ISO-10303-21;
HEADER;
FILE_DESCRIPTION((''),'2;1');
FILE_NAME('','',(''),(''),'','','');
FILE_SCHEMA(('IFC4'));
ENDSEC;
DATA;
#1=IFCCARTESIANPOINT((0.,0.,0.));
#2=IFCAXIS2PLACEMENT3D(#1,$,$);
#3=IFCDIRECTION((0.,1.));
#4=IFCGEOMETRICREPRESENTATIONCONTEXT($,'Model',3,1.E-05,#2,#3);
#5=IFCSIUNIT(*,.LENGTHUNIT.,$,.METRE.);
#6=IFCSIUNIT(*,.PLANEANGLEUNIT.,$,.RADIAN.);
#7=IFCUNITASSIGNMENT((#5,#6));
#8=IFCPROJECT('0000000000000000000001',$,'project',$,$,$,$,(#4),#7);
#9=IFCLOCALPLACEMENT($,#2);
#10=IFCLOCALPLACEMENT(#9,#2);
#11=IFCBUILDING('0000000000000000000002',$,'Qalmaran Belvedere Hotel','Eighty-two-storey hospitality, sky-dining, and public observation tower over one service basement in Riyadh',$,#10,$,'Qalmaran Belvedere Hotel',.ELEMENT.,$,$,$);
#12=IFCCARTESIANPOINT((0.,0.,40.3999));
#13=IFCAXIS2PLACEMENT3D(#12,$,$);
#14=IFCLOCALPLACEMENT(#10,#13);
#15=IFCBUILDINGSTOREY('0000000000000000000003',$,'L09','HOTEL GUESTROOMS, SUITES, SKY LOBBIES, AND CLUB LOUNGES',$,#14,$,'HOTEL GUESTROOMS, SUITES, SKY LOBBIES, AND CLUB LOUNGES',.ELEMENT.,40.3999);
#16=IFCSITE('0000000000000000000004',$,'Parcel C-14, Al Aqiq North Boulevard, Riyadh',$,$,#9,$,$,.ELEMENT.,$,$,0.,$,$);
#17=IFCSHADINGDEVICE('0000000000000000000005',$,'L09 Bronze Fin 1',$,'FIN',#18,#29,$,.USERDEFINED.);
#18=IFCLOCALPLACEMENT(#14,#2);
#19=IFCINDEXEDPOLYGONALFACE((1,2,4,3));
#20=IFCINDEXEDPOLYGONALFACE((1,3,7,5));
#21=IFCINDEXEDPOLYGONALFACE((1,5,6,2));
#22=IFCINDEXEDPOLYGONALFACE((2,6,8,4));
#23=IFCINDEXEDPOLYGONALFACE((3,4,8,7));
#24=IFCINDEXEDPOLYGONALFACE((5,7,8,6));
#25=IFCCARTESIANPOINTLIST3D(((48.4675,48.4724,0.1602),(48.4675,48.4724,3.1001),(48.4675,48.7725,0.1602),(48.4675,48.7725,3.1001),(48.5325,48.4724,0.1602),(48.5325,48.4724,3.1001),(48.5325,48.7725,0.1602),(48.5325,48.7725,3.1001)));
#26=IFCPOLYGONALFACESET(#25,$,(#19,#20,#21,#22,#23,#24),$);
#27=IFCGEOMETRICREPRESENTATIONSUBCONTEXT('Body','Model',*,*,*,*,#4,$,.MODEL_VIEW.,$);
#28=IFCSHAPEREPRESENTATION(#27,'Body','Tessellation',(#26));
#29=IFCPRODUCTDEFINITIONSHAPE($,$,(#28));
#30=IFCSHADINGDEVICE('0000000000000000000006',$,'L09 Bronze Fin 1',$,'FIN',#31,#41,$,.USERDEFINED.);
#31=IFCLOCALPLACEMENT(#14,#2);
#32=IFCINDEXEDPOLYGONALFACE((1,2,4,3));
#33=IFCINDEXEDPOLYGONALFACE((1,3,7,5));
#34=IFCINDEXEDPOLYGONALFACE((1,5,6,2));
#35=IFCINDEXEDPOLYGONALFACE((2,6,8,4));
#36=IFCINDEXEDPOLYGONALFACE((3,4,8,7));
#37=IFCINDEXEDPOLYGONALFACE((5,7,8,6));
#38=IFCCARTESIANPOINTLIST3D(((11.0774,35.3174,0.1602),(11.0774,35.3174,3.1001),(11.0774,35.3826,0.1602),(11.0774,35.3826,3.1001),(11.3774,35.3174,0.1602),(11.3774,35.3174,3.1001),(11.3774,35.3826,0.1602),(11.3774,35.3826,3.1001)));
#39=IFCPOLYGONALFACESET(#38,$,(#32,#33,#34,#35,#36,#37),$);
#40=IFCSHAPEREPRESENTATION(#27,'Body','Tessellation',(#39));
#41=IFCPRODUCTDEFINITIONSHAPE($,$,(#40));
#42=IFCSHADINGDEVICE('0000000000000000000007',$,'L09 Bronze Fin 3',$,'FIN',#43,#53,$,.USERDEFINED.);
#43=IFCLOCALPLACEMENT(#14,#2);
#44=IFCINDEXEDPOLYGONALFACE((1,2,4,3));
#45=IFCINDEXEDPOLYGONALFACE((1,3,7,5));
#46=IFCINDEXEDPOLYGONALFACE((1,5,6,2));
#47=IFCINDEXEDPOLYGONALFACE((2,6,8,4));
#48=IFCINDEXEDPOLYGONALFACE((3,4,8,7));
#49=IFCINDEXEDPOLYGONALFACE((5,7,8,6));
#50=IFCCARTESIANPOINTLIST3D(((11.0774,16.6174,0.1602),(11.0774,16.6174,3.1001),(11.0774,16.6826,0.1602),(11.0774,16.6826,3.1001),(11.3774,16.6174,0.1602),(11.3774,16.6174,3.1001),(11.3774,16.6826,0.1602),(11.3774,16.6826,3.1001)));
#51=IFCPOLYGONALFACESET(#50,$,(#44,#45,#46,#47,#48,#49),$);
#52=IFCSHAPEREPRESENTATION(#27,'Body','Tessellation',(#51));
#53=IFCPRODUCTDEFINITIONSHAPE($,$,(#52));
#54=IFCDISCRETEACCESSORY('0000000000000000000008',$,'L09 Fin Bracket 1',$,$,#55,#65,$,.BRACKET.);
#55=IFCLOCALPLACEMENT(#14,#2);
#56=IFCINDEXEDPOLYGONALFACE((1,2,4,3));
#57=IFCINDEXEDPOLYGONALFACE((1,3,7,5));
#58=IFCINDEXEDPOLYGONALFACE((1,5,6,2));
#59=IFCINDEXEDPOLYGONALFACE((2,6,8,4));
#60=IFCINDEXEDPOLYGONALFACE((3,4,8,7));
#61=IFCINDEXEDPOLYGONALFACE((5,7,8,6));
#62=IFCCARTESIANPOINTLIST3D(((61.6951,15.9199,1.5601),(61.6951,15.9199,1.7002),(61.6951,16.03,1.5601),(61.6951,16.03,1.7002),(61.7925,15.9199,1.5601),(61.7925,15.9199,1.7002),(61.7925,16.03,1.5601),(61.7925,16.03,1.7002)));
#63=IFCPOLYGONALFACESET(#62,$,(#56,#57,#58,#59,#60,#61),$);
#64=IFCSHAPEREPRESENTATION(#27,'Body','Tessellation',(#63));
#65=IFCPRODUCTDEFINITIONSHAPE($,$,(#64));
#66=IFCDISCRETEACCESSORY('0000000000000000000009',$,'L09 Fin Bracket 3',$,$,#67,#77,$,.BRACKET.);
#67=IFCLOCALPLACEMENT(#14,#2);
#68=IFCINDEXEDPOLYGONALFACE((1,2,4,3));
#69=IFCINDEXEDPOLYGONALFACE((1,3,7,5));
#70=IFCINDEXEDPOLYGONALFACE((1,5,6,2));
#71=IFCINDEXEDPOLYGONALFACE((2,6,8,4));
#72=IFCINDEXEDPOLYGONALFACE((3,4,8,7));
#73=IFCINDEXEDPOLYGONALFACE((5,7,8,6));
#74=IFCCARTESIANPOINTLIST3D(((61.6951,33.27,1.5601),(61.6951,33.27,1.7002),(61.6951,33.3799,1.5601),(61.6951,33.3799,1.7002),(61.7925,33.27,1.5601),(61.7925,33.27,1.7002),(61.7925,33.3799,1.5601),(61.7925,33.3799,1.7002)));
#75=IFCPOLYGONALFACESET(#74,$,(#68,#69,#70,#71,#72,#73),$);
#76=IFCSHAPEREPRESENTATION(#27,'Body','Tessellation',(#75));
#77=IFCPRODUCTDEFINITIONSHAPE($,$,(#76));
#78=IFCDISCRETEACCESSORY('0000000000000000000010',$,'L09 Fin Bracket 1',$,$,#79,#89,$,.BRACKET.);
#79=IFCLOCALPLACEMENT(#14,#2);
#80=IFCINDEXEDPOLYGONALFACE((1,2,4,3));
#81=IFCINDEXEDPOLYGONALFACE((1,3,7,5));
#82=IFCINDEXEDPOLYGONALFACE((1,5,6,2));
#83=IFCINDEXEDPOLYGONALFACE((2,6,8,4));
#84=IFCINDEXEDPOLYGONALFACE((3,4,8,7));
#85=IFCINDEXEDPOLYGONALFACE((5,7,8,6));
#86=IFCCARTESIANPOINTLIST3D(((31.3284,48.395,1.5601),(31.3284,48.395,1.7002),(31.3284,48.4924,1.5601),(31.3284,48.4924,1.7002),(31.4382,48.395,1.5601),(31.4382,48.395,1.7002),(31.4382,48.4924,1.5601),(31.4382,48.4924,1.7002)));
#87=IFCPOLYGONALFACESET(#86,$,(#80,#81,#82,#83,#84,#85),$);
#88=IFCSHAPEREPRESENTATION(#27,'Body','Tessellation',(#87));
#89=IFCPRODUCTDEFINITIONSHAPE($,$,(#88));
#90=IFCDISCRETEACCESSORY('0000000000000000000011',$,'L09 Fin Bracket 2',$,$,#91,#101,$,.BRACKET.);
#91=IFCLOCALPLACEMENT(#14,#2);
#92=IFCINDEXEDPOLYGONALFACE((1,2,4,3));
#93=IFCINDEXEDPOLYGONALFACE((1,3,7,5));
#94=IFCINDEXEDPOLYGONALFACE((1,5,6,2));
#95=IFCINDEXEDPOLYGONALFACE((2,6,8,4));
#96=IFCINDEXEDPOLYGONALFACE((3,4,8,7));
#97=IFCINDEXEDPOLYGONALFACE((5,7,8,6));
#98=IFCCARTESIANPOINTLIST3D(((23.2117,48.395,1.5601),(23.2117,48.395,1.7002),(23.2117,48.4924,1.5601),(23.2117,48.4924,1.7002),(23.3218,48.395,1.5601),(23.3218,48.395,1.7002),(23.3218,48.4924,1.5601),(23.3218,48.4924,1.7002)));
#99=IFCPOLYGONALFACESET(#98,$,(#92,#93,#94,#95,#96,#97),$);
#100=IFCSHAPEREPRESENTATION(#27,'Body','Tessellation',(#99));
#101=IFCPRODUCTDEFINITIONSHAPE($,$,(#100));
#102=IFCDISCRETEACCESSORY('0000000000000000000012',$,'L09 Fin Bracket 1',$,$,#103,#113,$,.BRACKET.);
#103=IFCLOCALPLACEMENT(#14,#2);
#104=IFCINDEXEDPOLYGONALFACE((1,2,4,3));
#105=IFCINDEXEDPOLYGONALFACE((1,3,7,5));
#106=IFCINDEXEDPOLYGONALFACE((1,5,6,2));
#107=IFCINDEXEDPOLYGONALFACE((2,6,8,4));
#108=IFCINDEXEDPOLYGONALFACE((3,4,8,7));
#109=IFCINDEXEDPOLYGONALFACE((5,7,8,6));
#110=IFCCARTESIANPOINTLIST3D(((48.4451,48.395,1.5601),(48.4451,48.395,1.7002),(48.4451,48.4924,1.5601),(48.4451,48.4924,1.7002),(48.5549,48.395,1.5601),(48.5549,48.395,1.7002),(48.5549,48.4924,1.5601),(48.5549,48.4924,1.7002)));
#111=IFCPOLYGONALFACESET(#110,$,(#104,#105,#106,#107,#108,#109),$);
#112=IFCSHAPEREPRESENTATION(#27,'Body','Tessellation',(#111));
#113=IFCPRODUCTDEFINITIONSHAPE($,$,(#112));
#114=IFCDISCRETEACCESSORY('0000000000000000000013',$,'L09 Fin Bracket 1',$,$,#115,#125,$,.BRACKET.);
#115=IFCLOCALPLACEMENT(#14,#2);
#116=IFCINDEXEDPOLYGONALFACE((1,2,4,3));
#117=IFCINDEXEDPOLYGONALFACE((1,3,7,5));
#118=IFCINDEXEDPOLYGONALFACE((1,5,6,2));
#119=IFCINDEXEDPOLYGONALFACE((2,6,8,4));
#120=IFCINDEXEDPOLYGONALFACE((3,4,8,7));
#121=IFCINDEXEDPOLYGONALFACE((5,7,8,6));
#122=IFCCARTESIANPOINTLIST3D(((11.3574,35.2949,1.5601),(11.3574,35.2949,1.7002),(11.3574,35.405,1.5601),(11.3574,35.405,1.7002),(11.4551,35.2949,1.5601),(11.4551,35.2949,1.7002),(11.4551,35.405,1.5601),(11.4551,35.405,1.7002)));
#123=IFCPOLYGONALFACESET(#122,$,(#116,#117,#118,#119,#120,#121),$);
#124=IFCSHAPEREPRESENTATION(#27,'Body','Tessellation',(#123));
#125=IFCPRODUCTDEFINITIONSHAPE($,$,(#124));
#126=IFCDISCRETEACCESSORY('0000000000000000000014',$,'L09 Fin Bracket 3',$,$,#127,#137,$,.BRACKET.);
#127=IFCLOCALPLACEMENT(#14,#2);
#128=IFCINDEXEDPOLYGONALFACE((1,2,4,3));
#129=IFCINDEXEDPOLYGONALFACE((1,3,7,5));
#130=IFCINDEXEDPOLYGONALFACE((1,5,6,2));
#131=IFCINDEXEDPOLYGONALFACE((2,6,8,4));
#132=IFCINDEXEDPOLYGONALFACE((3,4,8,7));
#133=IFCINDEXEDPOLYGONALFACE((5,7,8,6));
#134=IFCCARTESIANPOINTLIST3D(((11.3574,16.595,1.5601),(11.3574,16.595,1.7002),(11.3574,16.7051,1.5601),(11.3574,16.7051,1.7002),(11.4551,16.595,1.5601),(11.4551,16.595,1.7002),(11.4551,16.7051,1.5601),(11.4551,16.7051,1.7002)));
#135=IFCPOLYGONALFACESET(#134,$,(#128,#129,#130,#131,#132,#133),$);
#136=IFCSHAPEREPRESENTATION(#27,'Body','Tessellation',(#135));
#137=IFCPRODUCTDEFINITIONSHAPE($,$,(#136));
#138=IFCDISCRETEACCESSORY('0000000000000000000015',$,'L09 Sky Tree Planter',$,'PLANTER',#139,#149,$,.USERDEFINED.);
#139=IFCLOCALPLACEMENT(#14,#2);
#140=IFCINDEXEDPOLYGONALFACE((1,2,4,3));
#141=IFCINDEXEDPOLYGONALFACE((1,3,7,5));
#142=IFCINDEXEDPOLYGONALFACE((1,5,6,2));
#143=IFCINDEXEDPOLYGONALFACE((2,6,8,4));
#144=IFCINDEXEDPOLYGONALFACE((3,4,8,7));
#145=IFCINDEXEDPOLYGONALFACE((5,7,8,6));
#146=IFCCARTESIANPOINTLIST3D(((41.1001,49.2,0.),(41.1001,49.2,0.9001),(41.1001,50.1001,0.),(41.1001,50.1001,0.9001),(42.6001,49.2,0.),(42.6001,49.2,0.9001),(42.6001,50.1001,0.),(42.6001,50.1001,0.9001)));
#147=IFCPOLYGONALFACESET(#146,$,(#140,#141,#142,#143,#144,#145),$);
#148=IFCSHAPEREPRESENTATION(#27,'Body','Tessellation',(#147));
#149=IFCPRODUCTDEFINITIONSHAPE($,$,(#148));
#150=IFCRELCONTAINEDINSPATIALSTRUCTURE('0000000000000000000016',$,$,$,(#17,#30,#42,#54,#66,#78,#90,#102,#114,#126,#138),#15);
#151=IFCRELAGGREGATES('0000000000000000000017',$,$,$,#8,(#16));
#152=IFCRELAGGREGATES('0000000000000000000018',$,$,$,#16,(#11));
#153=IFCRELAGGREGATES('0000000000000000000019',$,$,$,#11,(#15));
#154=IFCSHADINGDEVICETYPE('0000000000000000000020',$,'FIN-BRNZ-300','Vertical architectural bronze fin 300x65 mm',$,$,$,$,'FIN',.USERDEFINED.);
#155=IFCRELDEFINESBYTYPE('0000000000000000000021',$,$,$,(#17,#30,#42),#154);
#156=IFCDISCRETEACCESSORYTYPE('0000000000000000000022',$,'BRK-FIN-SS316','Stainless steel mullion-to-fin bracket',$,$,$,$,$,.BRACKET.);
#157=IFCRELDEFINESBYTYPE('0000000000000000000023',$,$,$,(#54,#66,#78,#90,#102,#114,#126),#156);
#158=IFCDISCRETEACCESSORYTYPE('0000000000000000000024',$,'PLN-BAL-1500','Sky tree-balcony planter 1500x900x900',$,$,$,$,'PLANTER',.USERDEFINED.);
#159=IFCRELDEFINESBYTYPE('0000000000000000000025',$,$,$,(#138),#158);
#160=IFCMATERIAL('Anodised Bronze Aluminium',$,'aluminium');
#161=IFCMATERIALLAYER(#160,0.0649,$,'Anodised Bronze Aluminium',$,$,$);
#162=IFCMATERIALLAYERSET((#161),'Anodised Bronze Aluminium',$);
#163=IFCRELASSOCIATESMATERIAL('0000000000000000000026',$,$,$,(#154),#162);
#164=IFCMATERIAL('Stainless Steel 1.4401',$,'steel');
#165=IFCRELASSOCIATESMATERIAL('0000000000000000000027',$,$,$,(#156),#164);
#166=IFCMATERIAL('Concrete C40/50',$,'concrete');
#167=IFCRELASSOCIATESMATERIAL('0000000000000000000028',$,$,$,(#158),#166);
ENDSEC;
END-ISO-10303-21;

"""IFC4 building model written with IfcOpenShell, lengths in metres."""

from ifc_helpers import new_model, si_unit, direction, frame, origin, place, context, subcontext, project, spatial, polyline, outline, extrude, material, layer, layer_set, type_object, element, save


model = new_model("IFC4")

# Units and contexts
model_context = context("Model", 3, precision=1e-05, world=origin(), true_north=direction((0.0, 1.0)))
body_context = subcontext(model_context, "Body", "Model", "MODEL_VIEW")
ifc_project = project(units=[si_unit("LENGTHUNIT", "METRE"), si_unit("PLANEANGLEUNIT", "RADIAN")], contexts=[model_context])

# Site, building, storey
site_placement = place(None, origin())
site = spatial("IfcSite", under=ifc_project, at=site_placement, Name="Parcel C-14, Al Aqiq North Boulevard, Riyadh", CompositionType="ELEMENT", RefElevation=0.0)
building_placement = place(site_placement, origin())
building = spatial("IfcBuilding", under=site, at=building_placement, Name="Qalmaran Belvedere Hotel", Description="Eighty-two-storey hospitality, sky-dining, and public observation tower over one service basement in Riyadh", LongName="Qalmaran Belvedere Hotel", CompositionType="ELEMENT")
storey_placement = place(building_placement, frame((0.0, 0.0, 40.3999)))
storey = spatial("IfcBuildingStorey", under=building, at=storey_placement, Name="L09", Description="HOTEL GUESTROOMS, SUITES, SKY LOBBIES, AND CLUB LOUNGES", LongName="HOTEL GUESTROOMS, SUITES, SKY LOBBIES, AND CLUB LOUNGES", CompositionType="ELEMENT", Elevation=40.3999)

# Shared definitions
ifc_material_1 = material(Name="Anodised Bronze Aluminium", Category="aluminium")

# Shared definitions
ifc_material_2 = material(Name="Concrete C40/50", Category="concrete")

# Shading devices
ifc_layer_1 = layer(ifc_material_1, 0.0649, Name="Anodised Bronze Aluminium")
ifc_layer_set_1 = layer_set([ifc_layer_1], Name="Anodised Bronze Aluminium")
shading_device_type = type_object("IfcShadingDeviceType", Name="FIN-BRNZ-300", Description="Vertical architectural bronze fin 300x65 mm", ElementType="FIN", PredefinedType="USERDEFINED", material=ifc_layer_set_1)
shading_device_1_placement = place(storey_placement, frame((0.0, 0.0, 0.1602)))
element("IfcShadingDevice", 1, at=shading_device_1_placement, inside=storey, type_object=shading_device_type, Name="L09 Bronze Fin 1", ObjectType="FIN", PredefinedType="USERDEFINED", context=body_context, shape_type="SweptSolid", body=[
    extrude(outline(polyline([(48.5325, 48.4724), (48.5325, 48.7725), (48.4675, 48.7725), (48.4675, 48.4724), (48.5325, 48.4724)])), origin(), (0.0, 0.0, 1.0), 2.9399),
])
shading_device_2_placement = place(storey_placement, frame((0.0, 0.0, 0.1602)))
element("IfcShadingDevice", 2, at=shading_device_2_placement, inside=storey, type_object=shading_device_type, Name="L09 Bronze Fin 1", ObjectType="FIN", PredefinedType="USERDEFINED", context=body_context, shape_type="SweptSolid", body=[
    extrude(outline(polyline([(11.3774, 35.3826), (11.0774, 35.3826), (11.0774, 35.3174), (11.3774, 35.3174), (11.3774, 35.3826)])), origin(), (0.0, 0.0, 1.0), 2.9399),
])
shading_device_3_placement = place(storey_placement, frame((0.0, 0.0, 0.1602)))
element("IfcShadingDevice", 3, at=shading_device_3_placement, inside=storey, type_object=shading_device_type, Name="L09 Bronze Fin 3", ObjectType="FIN", PredefinedType="USERDEFINED", context=body_context, shape_type="SweptSolid", body=[
    extrude(outline(polyline([(11.3774, 16.6826), (11.0774, 16.6826), (11.0774, 16.6174), (11.3774, 16.6174), (11.3774, 16.6826)])), origin(), (0.0, 0.0, 1.0), 2.9399),
])

# Discrete accessories
ifc_material_3 = material(Name="Stainless Steel 1.4401", Category="steel")
discrete_accessory_type_1 = type_object("IfcDiscreteAccessoryType", Name="BRK-FIN-SS316", Description="Stainless steel mullion-to-fin bracket", PredefinedType="BRACKET", material=ifc_material_3)
discrete_accessory_1_placement = place(storey_placement, frame((0.0, 0.0, 1.5601)))
element("IfcDiscreteAccessory", 4, at=discrete_accessory_1_placement, inside=storey, type_object=discrete_accessory_type_1, Name="L09 Fin Bracket 1", PredefinedType="BRACKET", context=body_context, shape_type="SweptSolid", body=[
    extrude(outline(polyline([(61.6951, 15.9199), (61.7925, 15.9199), (61.7925, 16.03), (61.6951, 16.03), (61.6951, 15.9199)])), origin(), (0.0, 0.0, 1.0), 0.1401),
])
discrete_accessory_2_placement = place(storey_placement, frame((0.0, 0.0, 1.5601)))
element("IfcDiscreteAccessory", 5, at=discrete_accessory_2_placement, inside=storey, type_object=discrete_accessory_type_1, Name="L09 Fin Bracket 3", PredefinedType="BRACKET", context=body_context, shape_type="SweptSolid", body=[
    extrude(outline(polyline([(61.6951, 33.27), (61.7925, 33.27), (61.7925, 33.3799), (61.6951, 33.3799), (61.6951, 33.27)])), origin(), (0.0, 0.0, 1.0), 0.1401),
])
discrete_accessory_3_placement = place(storey_placement, frame((0.0, 0.0, 1.5601)))
element("IfcDiscreteAccessory", 6, at=discrete_accessory_3_placement, inside=storey, type_object=discrete_accessory_type_1, Name="L09 Fin Bracket 1", PredefinedType="BRACKET", context=body_context, shape_type="SweptSolid", body=[
    extrude(outline(polyline([(31.4382, 48.395), (31.4382, 48.4924), (31.3284, 48.4924), (31.3284, 48.395), (31.4382, 48.395)])), origin(), (0.0, 0.0, 1.0), 0.1401),
])
discrete_accessory_4_placement = place(storey_placement, frame((0.0, 0.0, 1.5601)))
element("IfcDiscreteAccessory", 7, at=discrete_accessory_4_placement, inside=storey, type_object=discrete_accessory_type_1, Name="L09 Fin Bracket 2", PredefinedType="BRACKET", context=body_context, shape_type="SweptSolid", body=[
    extrude(outline(polyline([(23.3218, 48.395), (23.3218, 48.4924), (23.2117, 48.4924), (23.2117, 48.395), (23.3218, 48.395)])), origin(), (0.0, 0.0, 1.0), 0.1401),
])
discrete_accessory_5_placement = place(storey_placement, frame((0.0, 0.0, 1.5601)))
element("IfcDiscreteAccessory", 8, at=discrete_accessory_5_placement, inside=storey, type_object=discrete_accessory_type_1, Name="L09 Fin Bracket 1", PredefinedType="BRACKET", context=body_context, shape_type="SweptSolid", body=[
    extrude(outline(polyline([(48.5549, 48.395), (48.5549, 48.4924), (48.4451, 48.4924), (48.4451, 48.395), (48.5549, 48.395)])), origin(), (0.0, 0.0, 1.0), 0.1401),
])
discrete_accessory_6_placement = place(storey_placement, frame((0.0, 0.0, 1.5601)))
element("IfcDiscreteAccessory", 9, at=discrete_accessory_6_placement, inside=storey, type_object=discrete_accessory_type_1, Name="L09 Fin Bracket 1", PredefinedType="BRACKET", context=body_context, shape_type="SweptSolid", body=[
    extrude(outline(polyline([(11.4551, 35.405), (11.3574, 35.405), (11.3574, 35.2949), (11.4551, 35.2949), (11.4551, 35.405)])), origin(), (0.0, 0.0, 1.0), 0.1401),
])
discrete_accessory_7_placement = place(storey_placement, frame((0.0, 0.0, 1.5601)))
element("IfcDiscreteAccessory", 10, at=discrete_accessory_7_placement, inside=storey, type_object=discrete_accessory_type_1, Name="L09 Fin Bracket 3", PredefinedType="BRACKET", context=body_context, shape_type="SweptSolid", body=[
    extrude(outline(polyline([(11.4551, 16.7051), (11.3574, 16.7051), (11.3574, 16.595), (11.4551, 16.595), (11.4551, 16.7051)])), origin(), (0.0, 0.0, 1.0), 0.1401),
])
discrete_accessory_type_2 = type_object("IfcDiscreteAccessoryType", Name="PLN-BAL-1500", Description="Sky tree-balcony planter 1500x900x900", ElementType="PLANTER", PredefinedType="USERDEFINED", material=ifc_material_2)
discrete_accessory_8_placement = place(storey_placement, origin())
element("IfcDiscreteAccessory", 11, at=discrete_accessory_8_placement, inside=storey, type_object=discrete_accessory_type_2, Name="L09 Sky Tree Planter", ObjectType="PLANTER", PredefinedType="USERDEFINED", context=body_context, shape_type="SweptSolid", body=[
    extrude(outline(polyline([(41.1001, 49.2), (42.6001, 49.2), (42.6001, 50.1001), (41.1001, 50.1001), (41.1001, 49.2)])), origin(), (0.0, 0.0, 1.0), 0.9001),
])

save(model, "model.ifc")
